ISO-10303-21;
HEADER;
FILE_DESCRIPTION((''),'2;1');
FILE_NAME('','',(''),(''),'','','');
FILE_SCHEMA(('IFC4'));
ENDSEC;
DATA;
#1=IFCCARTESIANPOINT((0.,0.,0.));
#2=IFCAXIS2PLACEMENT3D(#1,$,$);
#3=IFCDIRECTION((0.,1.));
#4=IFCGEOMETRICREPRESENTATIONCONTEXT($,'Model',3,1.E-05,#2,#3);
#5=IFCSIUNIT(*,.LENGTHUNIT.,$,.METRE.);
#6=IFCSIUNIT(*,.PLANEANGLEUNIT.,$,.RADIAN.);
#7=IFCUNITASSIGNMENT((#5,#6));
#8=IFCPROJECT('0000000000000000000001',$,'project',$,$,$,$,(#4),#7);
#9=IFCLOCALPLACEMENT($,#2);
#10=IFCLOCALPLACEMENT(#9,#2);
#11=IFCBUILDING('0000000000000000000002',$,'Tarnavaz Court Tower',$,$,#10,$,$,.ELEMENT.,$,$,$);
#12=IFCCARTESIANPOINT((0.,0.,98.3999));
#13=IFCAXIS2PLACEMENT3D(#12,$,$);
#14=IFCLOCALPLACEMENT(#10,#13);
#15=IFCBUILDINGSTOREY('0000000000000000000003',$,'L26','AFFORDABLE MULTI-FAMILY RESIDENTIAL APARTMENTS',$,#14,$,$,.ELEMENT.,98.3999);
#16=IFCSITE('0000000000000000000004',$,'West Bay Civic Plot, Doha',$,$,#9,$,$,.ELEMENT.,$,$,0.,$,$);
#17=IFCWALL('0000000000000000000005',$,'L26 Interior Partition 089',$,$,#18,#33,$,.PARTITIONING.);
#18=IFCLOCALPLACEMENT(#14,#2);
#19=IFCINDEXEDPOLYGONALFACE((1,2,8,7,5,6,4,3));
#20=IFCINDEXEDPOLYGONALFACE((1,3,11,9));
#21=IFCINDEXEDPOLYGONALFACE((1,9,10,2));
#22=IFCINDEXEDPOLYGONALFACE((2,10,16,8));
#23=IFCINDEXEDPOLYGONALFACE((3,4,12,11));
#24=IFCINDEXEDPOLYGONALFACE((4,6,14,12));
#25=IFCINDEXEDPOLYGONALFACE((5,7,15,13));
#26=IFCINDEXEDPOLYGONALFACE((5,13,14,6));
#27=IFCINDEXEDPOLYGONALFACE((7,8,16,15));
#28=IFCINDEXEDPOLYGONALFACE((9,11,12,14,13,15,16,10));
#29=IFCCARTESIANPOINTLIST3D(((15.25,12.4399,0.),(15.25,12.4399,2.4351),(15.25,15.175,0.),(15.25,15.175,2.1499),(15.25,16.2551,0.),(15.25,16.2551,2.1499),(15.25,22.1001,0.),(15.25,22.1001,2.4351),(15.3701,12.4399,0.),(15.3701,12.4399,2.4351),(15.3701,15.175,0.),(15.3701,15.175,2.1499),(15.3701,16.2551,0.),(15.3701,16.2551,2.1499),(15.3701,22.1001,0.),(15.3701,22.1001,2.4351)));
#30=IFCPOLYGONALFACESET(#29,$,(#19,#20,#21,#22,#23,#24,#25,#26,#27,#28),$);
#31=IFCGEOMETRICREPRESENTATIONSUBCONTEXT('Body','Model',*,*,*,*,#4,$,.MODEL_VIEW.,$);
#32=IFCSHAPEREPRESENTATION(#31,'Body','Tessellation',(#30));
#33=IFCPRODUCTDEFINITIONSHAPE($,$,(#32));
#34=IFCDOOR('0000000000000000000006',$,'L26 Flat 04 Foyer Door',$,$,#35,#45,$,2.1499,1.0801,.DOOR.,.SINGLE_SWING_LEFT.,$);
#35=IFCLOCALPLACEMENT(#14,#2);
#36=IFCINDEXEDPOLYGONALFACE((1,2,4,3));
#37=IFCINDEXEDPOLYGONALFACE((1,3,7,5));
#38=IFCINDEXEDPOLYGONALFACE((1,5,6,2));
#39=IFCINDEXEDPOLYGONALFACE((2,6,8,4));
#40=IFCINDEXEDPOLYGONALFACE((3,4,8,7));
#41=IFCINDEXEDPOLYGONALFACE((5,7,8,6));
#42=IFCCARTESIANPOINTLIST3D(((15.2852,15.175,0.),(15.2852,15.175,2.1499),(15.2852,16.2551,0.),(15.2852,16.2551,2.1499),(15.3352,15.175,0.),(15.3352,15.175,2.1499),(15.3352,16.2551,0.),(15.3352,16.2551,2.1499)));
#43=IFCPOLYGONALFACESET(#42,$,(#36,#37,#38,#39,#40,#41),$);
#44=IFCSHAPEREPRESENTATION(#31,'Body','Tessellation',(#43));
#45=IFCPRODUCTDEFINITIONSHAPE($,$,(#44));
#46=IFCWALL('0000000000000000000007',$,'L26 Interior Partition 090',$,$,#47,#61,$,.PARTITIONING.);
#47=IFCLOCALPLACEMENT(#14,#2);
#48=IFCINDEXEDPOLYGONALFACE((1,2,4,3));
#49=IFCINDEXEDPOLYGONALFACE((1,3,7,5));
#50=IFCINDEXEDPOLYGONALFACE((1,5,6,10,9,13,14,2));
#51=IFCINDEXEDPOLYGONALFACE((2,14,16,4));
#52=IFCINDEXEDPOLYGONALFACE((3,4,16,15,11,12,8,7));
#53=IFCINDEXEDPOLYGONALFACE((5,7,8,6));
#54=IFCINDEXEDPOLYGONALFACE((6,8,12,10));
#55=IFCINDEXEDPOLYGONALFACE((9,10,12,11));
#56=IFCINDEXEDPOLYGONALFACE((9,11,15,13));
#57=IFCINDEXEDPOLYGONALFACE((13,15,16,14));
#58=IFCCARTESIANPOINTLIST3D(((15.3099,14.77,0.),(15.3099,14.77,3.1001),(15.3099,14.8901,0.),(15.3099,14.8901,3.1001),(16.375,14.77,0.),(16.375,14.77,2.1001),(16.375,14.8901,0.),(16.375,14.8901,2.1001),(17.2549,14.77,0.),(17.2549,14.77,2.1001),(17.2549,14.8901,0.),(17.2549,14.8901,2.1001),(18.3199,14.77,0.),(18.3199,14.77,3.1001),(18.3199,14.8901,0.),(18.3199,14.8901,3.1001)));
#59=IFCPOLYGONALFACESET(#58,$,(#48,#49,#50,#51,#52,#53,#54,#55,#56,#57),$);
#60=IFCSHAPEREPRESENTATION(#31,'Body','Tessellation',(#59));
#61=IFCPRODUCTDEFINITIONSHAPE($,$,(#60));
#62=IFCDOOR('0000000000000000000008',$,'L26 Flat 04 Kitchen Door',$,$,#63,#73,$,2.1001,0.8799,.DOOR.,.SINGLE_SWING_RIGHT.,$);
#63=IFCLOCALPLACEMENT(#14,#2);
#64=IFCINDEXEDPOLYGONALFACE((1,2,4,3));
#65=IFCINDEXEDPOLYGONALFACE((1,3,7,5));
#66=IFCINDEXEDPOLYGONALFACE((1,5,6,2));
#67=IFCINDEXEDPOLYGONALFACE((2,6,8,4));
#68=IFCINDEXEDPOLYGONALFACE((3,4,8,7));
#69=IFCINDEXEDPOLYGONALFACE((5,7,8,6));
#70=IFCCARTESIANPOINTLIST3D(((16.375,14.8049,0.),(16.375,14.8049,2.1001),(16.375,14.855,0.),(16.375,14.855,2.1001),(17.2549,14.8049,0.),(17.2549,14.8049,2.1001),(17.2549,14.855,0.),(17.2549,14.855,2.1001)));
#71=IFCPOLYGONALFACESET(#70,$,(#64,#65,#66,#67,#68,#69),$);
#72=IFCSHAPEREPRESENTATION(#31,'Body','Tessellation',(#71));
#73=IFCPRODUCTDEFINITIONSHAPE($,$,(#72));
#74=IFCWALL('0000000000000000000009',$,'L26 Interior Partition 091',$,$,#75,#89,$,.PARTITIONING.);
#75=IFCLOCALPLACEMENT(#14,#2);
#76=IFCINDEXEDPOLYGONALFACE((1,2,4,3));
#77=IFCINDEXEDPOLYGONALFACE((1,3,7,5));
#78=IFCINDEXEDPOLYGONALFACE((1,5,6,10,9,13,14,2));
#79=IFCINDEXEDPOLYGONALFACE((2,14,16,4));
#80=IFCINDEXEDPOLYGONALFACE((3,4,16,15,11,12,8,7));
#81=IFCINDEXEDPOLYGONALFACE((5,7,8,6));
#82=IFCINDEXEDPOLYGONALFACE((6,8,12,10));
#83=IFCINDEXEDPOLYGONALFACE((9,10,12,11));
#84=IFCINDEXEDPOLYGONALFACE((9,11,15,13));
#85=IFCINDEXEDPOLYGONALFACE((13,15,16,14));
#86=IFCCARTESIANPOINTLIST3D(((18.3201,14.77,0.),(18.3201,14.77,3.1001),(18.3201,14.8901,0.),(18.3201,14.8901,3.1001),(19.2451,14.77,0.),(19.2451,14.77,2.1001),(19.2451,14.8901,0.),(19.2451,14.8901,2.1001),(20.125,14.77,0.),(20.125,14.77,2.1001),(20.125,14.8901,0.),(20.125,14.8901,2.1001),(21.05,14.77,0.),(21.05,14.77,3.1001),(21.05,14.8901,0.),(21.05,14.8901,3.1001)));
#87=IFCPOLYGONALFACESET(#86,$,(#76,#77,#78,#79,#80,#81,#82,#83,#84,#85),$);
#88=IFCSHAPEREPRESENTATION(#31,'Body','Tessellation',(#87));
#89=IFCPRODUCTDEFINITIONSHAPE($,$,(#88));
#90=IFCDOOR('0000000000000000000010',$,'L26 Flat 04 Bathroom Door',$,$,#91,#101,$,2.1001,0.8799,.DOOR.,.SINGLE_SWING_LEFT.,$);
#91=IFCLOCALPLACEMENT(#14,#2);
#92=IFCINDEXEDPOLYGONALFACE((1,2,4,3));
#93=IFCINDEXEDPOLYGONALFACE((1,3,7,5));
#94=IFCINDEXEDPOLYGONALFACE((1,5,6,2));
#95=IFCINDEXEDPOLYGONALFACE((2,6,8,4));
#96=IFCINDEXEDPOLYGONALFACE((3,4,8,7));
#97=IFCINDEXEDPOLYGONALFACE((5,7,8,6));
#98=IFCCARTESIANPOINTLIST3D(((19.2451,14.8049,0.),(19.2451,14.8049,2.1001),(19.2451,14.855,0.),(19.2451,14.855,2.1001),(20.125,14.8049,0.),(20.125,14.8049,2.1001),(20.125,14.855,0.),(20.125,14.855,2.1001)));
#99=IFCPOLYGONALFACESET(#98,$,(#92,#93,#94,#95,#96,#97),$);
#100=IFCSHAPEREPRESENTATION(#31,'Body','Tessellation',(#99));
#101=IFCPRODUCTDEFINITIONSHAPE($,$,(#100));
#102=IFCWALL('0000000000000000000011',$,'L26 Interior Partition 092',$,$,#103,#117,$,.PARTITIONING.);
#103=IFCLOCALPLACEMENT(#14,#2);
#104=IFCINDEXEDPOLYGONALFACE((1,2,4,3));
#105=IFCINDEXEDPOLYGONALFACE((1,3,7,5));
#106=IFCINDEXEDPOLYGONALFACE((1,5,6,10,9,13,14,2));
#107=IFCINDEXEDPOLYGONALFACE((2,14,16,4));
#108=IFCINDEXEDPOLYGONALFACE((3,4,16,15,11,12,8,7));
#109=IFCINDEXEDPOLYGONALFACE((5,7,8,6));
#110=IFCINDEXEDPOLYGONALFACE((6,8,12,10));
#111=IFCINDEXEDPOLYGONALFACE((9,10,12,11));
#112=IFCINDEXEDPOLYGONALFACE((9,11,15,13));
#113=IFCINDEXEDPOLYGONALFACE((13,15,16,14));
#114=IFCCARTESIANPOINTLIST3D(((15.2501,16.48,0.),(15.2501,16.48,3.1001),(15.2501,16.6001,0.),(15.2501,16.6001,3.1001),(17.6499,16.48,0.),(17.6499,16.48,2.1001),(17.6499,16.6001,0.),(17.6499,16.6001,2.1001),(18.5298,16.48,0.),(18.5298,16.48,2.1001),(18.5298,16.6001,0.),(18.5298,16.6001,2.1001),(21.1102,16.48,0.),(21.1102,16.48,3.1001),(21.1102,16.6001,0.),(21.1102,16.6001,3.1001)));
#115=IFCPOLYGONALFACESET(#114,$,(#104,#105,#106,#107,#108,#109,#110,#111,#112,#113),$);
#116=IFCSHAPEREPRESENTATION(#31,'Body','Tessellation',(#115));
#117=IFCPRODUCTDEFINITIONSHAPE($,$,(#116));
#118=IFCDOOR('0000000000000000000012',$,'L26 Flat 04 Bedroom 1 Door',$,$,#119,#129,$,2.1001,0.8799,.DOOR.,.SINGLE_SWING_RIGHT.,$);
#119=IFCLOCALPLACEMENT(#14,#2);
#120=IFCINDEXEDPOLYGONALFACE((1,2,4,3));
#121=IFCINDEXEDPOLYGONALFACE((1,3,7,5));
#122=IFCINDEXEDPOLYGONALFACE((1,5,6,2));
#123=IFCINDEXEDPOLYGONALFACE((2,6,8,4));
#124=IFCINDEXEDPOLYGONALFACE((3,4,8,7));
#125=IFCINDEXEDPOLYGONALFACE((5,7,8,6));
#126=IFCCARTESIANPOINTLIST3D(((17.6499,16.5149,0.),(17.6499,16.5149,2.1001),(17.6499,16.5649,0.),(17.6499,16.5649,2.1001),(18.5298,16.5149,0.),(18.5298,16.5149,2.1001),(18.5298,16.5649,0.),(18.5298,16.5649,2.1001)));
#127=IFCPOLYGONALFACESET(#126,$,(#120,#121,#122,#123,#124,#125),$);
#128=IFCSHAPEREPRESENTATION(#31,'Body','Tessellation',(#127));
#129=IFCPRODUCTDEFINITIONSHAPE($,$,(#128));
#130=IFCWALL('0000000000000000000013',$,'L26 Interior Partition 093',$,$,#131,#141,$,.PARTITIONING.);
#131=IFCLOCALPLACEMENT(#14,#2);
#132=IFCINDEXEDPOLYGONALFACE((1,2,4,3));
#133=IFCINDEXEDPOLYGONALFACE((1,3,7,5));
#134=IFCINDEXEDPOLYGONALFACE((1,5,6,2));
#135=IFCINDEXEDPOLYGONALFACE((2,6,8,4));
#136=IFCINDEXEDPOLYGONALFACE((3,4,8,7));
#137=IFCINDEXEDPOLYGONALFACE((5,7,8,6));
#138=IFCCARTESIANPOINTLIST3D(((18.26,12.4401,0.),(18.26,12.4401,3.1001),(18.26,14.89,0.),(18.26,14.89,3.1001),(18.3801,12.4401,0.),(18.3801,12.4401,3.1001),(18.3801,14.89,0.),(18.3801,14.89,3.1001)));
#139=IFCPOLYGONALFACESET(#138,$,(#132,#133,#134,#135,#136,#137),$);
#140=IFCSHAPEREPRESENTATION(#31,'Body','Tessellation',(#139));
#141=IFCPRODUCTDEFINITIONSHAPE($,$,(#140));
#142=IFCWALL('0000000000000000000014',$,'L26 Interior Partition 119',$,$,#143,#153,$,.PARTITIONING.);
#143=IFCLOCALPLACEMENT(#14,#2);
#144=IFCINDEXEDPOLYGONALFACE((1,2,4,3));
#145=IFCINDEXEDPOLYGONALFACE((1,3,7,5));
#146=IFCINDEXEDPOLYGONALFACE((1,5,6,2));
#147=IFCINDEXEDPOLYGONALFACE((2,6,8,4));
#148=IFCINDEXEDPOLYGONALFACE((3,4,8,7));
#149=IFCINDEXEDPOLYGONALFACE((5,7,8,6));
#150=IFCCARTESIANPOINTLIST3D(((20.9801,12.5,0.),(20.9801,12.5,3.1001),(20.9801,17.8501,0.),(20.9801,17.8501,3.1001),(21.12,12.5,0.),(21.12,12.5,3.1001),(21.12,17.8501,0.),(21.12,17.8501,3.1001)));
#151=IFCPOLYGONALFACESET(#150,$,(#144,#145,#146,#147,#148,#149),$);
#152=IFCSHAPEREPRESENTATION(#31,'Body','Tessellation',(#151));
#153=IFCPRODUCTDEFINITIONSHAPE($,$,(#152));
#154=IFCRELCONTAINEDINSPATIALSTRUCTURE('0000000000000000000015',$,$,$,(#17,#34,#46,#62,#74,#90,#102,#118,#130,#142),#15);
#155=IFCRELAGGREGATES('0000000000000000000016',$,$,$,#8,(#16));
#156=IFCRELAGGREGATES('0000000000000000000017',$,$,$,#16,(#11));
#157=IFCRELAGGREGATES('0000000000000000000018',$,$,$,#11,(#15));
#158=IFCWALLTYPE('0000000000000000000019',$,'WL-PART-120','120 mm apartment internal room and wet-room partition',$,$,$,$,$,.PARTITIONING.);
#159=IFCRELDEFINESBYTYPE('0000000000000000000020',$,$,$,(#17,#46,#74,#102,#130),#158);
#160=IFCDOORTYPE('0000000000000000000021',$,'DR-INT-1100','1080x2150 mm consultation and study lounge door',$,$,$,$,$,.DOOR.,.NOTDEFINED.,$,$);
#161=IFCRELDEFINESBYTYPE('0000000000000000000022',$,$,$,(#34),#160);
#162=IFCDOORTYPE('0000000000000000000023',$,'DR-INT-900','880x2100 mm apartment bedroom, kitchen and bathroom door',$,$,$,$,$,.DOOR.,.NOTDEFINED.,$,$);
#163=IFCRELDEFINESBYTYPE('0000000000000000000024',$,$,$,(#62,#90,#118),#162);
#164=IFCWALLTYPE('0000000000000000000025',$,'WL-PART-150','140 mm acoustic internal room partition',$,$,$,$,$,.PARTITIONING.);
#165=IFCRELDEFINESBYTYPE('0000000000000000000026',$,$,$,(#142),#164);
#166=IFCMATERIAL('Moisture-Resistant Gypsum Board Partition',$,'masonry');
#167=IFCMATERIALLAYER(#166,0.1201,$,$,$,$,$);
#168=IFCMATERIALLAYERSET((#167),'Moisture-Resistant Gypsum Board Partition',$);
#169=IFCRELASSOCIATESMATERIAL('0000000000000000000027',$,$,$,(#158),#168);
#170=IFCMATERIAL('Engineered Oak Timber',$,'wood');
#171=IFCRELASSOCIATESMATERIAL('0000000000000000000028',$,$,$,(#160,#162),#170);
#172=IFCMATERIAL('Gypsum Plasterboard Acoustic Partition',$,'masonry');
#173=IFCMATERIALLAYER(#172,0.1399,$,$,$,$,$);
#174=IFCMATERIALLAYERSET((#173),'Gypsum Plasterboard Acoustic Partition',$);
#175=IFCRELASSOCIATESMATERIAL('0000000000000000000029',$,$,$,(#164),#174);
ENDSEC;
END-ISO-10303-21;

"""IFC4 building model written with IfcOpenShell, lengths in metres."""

from ifc_helpers import new_model, si_unit, direction, frame, frame_2d, origin, place, context, subcontext, project, spatial, rectangle, extrude, material, layer, layer_set, type_object, element, fill, save


model = new_model("IFC4")

# Units and contexts
model_context = context("Model", 3, precision=1e-05, world=origin(), true_north=direction((0.0, 1.0)))
body_context = subcontext(model_context, "Body", "Model", "MODEL_VIEW")
ifc_project = project(units=[si_unit("LENGTHUNIT", "METRE"), si_unit("PLANEANGLEUNIT", "RADIAN")], contexts=[model_context])

# Site, building, storey
site_placement = place(None, origin())
site = spatial("IfcSite", under=ifc_project, at=site_placement, Name="West Bay Civic Plot, Doha", CompositionType="ELEMENT", RefElevation=0.0)
building_placement = place(site_placement, origin())
building = spatial("IfcBuilding", under=site, at=building_placement, Name="Tarnavaz Court Tower", CompositionType="ELEMENT")
storey_placement = place(building_placement, frame((0.0, 0.0, 98.3999)))
storey = spatial("IfcBuildingStorey", under=building, at=storey_placement, Name="L26", Description="AFFORDABLE MULTI-FAMILY RESIDENTIAL APARTMENTS", CompositionType="ELEMENT", Elevation=98.3999)

# Walls, openings, doors
ifc_material_1 = material(Name="Engineered Oak Timber", Category="wood")
ifc_material_2 = material(Name="Moisture-Resistant Gypsum Board Partition", Category="masonry")
ifc_layer_1 = layer(ifc_material_2, 0.1201)
ifc_layer_set_1 = layer_set([ifc_layer_1], Name="Moisture-Resistant Gypsum Board Partition")
wall_type_1 = type_object("IfcWallType", Name="WL-PART-120", Description="120 mm apartment internal room and wet-room partition", PredefinedType="PARTITIONING", material=ifc_layer_set_1)
wall_1_placement = place(storey_placement, frame((15.3101, 12.4399, 0.0), z_axis=(0.0, 0.0, 1.0), x_axis=(0.0, 1.0, 0.0)))
wall_1 = element("IfcWall", 1, at=wall_1_placement, inside=storey, type_object=wall_type_1, Name="L26 Interior Partition 089", PredefinedType="PARTITIONING", context=body_context, shape_type="SweptSolid", body=[
    extrude(rectangle(XDim=9.6602, YDim=0.1201, at=frame_2d((4.8301, 0.0))), origin(), (0.0, 0.0, 1.0), 2.4351),
])
opening_1_placement = place(wall_1_placement, frame((2.7351, 0.0, 0.0)))
opening_1 = element("IfcOpeningElement", 2, at=opening_1_placement, cuts=wall_1, PredefinedType="OPENING", context=body_context, shape_type="SweptSolid", body=[
    extrude(rectangle(XDim=1.0801, YDim=2.1499, at=frame_2d((0.54, 1.075))), frame((0.0, 0.0701, 0.0), z_axis=(0.0, -1.0, 0.0), x_axis=(1.0, 0.0, 0.0)), (0.0, 0.0, 1.0), 0.1401),
])
door_type_1 = type_object("IfcDoorType", Name="DR-INT-1100", Description="1080x2150 mm consultation and study lounge door", OperationType="NOTDEFINED", PredefinedType="DOOR", material=ifc_material_1)
door_1_placement = place(opening_1_placement, origin())
door_1 = element("IfcDoor", 3, at=door_1_placement, inside=storey, type_object=door_type_1, Name="L26 Flat 04 Foyer Door", OperationType="SINGLE_SWING_LEFT", OverallHeight=2.1499, OverallWidth=1.0801, PredefinedType="DOOR", context=body_context, shape_type="SweptSolid", body=[
    extrude(rectangle(XDim=1.0801, YDim=2.1499, at=frame_2d((0.54, 1.075))), frame((0.0, 0.0249, 0.0), z_axis=(0.0, -1.0, 0.0), x_axis=(1.0, 0.0, 0.0)), (0.0, 0.0, 1.0), 0.05),
])
fill(opening_1, door_1)
wall_2_placement = place(storey_placement, frame((15.3101, 14.8301, 0.0), z_axis=(0.0, 0.0, 1.0), x_axis=(1.0, 0.0, 0.0)))
wall_2 = element("IfcWall", 4, at=wall_2_placement, inside=storey, type_object=wall_type_1, Name="L26 Interior Partition 090", PredefinedType="PARTITIONING", context=body_context, shape_type="SweptSolid", body=[
    extrude(rectangle(XDim=3.01, YDim=0.1201, at=frame_2d((1.5049, 0.0))), origin(), (0.0, 0.0, 1.0), 3.1001),
])
opening_2_placement = place(wall_2_placement, frame((1.0649, 0.0, 0.0)))
opening_2 = element("IfcOpeningElement", 5, at=opening_2_placement, cuts=wall_2, PredefinedType="OPENING", context=body_context, shape_type="SweptSolid", body=[
    extrude(rectangle(XDim=0.8799, YDim=2.1001, at=frame_2d((0.4399, 1.05))), frame((0.0, 0.0701, 0.0), z_axis=(0.0, -1.0, 0.0), x_axis=(1.0, 0.0, 0.0)), (0.0, 0.0, 1.0), 0.1401),
])
door_type_2 = type_object("IfcDoorType", Name="DR-INT-900", Description="880x2100 mm apartment bedroom, kitchen and bathroom door", OperationType="NOTDEFINED", PredefinedType="DOOR", material=ifc_material_1)
door_2_placement = place(opening_2_placement, origin())
door_2 = element("IfcDoor", 6, at=door_2_placement, inside=storey, type_object=door_type_2, Name="L26 Flat 04 Kitchen Door", OperationType="SINGLE_SWING_RIGHT", OverallHeight=2.1001, OverallWidth=0.8799, PredefinedType="DOOR", context=body_context, shape_type="SweptSolid", body=[
    extrude(rectangle(XDim=0.8799, YDim=2.1001, at=frame_2d((0.4399, 1.05))), frame((0.0, 0.0249, 0.0), z_axis=(0.0, -1.0, 0.0), x_axis=(1.0, 0.0, 0.0)), (0.0, 0.0, 1.0), 0.05),
])
fill(opening_2, door_2)
wall_3_placement = place(storey_placement, frame((18.3201, 14.8301, 0.0), z_axis=(0.0, 0.0, 1.0), x_axis=(1.0, 0.0, 0.0)))
wall_3 = element("IfcWall", 7, at=wall_3_placement, inside=storey, type_object=wall_type_1, Name="L26 Interior Partition 091", PredefinedType="PARTITIONING", context=body_context, shape_type="SweptSolid", body=[
    extrude(rectangle(XDim=2.73, YDim=0.1201, at=frame_2d((1.365, 0.0))), origin(), (0.0, 0.0, 1.0), 3.1001),
])
opening_3_placement = place(wall_3_placement, frame((0.925, 0.0, 0.0)))
opening_3 = element("IfcOpeningElement", 8, at=opening_3_placement, cuts=wall_3, PredefinedType="OPENING", context=body_context, shape_type="SweptSolid", body=[
    extrude(rectangle(XDim=0.8799, YDim=2.1001, at=frame_2d((0.4399, 1.05))), frame((0.0, 0.0701, 0.0), z_axis=(0.0, -1.0, 0.0), x_axis=(1.0, 0.0, 0.0)), (0.0, 0.0, 1.0), 0.1401),
])
door_3_placement = place(opening_3_placement, origin())
door_3 = element("IfcDoor", 9, at=door_3_placement, inside=storey, type_object=door_type_2, Name="L26 Flat 04 Bathroom Door", OperationType="SINGLE_SWING_LEFT", OverallHeight=2.1001, OverallWidth=0.8799, PredefinedType="DOOR", context=body_context, shape_type="SweptSolid", body=[
    extrude(rectangle(XDim=0.8799, YDim=2.1001, at=frame_2d((0.4399, 1.05))), frame((0.0, 0.0249, 0.0), z_axis=(0.0, -1.0, 0.0), x_axis=(1.0, 0.0, 0.0)), (0.0, 0.0, 1.0), 0.05),
])
fill(opening_3, door_3)
wall_4_placement = place(storey_placement, frame((15.25, 16.54, 0.0), z_axis=(0.0, 0.0, 1.0), x_axis=(1.0, 0.0, 0.0)))
wall_4 = element("IfcWall", 10, at=wall_4_placement, inside=storey, type_object=wall_type_1, Name="L26 Interior Partition 092", PredefinedType="PARTITIONING", context=body_context, shape_type="SweptSolid", body=[
    extrude(rectangle(XDim=5.8601, YDim=0.1201, at=frame_2d((2.9302, 0.0))), origin(), (0.0, 0.0, 1.0), 3.1001),
])
opening_4_placement = place(wall_4_placement, frame((2.3999, 0.0, 0.0)))
opening_4 = element("IfcOpeningElement", 11, at=opening_4_placement, cuts=wall_4, PredefinedType="OPENING", context=body_context, shape_type="SweptSolid", body=[
    extrude(rectangle(XDim=0.8799, YDim=2.1001, at=frame_2d((0.4399, 1.05))), frame((0.0, 0.0701, 0.0), z_axis=(0.0, -1.0, 0.0), x_axis=(1.0, 0.0, 0.0)), (0.0, 0.0, 1.0), 0.1401),
])
door_4_placement = place(opening_4_placement, origin())
door_4 = element("IfcDoor", 12, at=door_4_placement, inside=storey, type_object=door_type_2, Name="L26 Flat 04 Bedroom 1 Door", OperationType="SINGLE_SWING_RIGHT", OverallHeight=2.1001, OverallWidth=0.8799, PredefinedType="DOOR", context=body_context, shape_type="SweptSolid", body=[
    extrude(rectangle(XDim=0.8799, YDim=2.1001, at=frame_2d((0.4399, 1.05))), frame((0.0, 0.0249, 0.0), z_axis=(0.0, -1.0, 0.0), x_axis=(1.0, 0.0, 0.0)), (0.0, 0.0, 1.0), 0.05),
])
fill(opening_4, door_4)

# Walls
wall_5_placement = place(storey_placement, frame((18.3201, 12.4399, 0.0), z_axis=(0.0, 0.0, 1.0), x_axis=(0.0, 1.0, 0.0)))
element("IfcWall", 13, at=wall_5_placement, inside=storey, type_object=wall_type_1, Name="L26 Interior Partition 093", PredefinedType="PARTITIONING", context=body_context, shape_type="SweptSolid", body=[
    extrude(rectangle(XDim=2.45, YDim=0.1201, at=frame_2d((1.2251, 0.0))), origin(), (0.0, 0.0, 1.0), 3.1001),
])
ifc_material_3 = material(Name="Gypsum Plasterboard Acoustic Partition", Category="masonry")
ifc_layer_2 = layer(ifc_material_3, 0.1399)
ifc_layer_set_2 = layer_set([ifc_layer_2], Name="Gypsum Plasterboard Acoustic Partition")
wall_type_2 = type_object("IfcWallType", Name="WL-PART-150", Description="140 mm acoustic internal room partition", PredefinedType="PARTITIONING", material=ifc_layer_set_2)
wall_6_placement = place(storey_placement, frame((21.05, 12.5, 0.0), z_axis=(0.0, 0.0, 1.0), x_axis=(0.0, 1.0, 0.0)))
element("IfcWall", 14, at=wall_6_placement, inside=storey, type_object=wall_type_2, Name="L26 Interior Partition 119", PredefinedType="PARTITIONING", context=body_context, shape_type="SweptSolid", body=[
    extrude(rectangle(XDim=5.3501, YDim=0.1399, at=frame_2d((2.675, 0.0))), origin(), (0.0, 0.0, 1.0), 3.1001),
])

save(model, "model.ifc")
